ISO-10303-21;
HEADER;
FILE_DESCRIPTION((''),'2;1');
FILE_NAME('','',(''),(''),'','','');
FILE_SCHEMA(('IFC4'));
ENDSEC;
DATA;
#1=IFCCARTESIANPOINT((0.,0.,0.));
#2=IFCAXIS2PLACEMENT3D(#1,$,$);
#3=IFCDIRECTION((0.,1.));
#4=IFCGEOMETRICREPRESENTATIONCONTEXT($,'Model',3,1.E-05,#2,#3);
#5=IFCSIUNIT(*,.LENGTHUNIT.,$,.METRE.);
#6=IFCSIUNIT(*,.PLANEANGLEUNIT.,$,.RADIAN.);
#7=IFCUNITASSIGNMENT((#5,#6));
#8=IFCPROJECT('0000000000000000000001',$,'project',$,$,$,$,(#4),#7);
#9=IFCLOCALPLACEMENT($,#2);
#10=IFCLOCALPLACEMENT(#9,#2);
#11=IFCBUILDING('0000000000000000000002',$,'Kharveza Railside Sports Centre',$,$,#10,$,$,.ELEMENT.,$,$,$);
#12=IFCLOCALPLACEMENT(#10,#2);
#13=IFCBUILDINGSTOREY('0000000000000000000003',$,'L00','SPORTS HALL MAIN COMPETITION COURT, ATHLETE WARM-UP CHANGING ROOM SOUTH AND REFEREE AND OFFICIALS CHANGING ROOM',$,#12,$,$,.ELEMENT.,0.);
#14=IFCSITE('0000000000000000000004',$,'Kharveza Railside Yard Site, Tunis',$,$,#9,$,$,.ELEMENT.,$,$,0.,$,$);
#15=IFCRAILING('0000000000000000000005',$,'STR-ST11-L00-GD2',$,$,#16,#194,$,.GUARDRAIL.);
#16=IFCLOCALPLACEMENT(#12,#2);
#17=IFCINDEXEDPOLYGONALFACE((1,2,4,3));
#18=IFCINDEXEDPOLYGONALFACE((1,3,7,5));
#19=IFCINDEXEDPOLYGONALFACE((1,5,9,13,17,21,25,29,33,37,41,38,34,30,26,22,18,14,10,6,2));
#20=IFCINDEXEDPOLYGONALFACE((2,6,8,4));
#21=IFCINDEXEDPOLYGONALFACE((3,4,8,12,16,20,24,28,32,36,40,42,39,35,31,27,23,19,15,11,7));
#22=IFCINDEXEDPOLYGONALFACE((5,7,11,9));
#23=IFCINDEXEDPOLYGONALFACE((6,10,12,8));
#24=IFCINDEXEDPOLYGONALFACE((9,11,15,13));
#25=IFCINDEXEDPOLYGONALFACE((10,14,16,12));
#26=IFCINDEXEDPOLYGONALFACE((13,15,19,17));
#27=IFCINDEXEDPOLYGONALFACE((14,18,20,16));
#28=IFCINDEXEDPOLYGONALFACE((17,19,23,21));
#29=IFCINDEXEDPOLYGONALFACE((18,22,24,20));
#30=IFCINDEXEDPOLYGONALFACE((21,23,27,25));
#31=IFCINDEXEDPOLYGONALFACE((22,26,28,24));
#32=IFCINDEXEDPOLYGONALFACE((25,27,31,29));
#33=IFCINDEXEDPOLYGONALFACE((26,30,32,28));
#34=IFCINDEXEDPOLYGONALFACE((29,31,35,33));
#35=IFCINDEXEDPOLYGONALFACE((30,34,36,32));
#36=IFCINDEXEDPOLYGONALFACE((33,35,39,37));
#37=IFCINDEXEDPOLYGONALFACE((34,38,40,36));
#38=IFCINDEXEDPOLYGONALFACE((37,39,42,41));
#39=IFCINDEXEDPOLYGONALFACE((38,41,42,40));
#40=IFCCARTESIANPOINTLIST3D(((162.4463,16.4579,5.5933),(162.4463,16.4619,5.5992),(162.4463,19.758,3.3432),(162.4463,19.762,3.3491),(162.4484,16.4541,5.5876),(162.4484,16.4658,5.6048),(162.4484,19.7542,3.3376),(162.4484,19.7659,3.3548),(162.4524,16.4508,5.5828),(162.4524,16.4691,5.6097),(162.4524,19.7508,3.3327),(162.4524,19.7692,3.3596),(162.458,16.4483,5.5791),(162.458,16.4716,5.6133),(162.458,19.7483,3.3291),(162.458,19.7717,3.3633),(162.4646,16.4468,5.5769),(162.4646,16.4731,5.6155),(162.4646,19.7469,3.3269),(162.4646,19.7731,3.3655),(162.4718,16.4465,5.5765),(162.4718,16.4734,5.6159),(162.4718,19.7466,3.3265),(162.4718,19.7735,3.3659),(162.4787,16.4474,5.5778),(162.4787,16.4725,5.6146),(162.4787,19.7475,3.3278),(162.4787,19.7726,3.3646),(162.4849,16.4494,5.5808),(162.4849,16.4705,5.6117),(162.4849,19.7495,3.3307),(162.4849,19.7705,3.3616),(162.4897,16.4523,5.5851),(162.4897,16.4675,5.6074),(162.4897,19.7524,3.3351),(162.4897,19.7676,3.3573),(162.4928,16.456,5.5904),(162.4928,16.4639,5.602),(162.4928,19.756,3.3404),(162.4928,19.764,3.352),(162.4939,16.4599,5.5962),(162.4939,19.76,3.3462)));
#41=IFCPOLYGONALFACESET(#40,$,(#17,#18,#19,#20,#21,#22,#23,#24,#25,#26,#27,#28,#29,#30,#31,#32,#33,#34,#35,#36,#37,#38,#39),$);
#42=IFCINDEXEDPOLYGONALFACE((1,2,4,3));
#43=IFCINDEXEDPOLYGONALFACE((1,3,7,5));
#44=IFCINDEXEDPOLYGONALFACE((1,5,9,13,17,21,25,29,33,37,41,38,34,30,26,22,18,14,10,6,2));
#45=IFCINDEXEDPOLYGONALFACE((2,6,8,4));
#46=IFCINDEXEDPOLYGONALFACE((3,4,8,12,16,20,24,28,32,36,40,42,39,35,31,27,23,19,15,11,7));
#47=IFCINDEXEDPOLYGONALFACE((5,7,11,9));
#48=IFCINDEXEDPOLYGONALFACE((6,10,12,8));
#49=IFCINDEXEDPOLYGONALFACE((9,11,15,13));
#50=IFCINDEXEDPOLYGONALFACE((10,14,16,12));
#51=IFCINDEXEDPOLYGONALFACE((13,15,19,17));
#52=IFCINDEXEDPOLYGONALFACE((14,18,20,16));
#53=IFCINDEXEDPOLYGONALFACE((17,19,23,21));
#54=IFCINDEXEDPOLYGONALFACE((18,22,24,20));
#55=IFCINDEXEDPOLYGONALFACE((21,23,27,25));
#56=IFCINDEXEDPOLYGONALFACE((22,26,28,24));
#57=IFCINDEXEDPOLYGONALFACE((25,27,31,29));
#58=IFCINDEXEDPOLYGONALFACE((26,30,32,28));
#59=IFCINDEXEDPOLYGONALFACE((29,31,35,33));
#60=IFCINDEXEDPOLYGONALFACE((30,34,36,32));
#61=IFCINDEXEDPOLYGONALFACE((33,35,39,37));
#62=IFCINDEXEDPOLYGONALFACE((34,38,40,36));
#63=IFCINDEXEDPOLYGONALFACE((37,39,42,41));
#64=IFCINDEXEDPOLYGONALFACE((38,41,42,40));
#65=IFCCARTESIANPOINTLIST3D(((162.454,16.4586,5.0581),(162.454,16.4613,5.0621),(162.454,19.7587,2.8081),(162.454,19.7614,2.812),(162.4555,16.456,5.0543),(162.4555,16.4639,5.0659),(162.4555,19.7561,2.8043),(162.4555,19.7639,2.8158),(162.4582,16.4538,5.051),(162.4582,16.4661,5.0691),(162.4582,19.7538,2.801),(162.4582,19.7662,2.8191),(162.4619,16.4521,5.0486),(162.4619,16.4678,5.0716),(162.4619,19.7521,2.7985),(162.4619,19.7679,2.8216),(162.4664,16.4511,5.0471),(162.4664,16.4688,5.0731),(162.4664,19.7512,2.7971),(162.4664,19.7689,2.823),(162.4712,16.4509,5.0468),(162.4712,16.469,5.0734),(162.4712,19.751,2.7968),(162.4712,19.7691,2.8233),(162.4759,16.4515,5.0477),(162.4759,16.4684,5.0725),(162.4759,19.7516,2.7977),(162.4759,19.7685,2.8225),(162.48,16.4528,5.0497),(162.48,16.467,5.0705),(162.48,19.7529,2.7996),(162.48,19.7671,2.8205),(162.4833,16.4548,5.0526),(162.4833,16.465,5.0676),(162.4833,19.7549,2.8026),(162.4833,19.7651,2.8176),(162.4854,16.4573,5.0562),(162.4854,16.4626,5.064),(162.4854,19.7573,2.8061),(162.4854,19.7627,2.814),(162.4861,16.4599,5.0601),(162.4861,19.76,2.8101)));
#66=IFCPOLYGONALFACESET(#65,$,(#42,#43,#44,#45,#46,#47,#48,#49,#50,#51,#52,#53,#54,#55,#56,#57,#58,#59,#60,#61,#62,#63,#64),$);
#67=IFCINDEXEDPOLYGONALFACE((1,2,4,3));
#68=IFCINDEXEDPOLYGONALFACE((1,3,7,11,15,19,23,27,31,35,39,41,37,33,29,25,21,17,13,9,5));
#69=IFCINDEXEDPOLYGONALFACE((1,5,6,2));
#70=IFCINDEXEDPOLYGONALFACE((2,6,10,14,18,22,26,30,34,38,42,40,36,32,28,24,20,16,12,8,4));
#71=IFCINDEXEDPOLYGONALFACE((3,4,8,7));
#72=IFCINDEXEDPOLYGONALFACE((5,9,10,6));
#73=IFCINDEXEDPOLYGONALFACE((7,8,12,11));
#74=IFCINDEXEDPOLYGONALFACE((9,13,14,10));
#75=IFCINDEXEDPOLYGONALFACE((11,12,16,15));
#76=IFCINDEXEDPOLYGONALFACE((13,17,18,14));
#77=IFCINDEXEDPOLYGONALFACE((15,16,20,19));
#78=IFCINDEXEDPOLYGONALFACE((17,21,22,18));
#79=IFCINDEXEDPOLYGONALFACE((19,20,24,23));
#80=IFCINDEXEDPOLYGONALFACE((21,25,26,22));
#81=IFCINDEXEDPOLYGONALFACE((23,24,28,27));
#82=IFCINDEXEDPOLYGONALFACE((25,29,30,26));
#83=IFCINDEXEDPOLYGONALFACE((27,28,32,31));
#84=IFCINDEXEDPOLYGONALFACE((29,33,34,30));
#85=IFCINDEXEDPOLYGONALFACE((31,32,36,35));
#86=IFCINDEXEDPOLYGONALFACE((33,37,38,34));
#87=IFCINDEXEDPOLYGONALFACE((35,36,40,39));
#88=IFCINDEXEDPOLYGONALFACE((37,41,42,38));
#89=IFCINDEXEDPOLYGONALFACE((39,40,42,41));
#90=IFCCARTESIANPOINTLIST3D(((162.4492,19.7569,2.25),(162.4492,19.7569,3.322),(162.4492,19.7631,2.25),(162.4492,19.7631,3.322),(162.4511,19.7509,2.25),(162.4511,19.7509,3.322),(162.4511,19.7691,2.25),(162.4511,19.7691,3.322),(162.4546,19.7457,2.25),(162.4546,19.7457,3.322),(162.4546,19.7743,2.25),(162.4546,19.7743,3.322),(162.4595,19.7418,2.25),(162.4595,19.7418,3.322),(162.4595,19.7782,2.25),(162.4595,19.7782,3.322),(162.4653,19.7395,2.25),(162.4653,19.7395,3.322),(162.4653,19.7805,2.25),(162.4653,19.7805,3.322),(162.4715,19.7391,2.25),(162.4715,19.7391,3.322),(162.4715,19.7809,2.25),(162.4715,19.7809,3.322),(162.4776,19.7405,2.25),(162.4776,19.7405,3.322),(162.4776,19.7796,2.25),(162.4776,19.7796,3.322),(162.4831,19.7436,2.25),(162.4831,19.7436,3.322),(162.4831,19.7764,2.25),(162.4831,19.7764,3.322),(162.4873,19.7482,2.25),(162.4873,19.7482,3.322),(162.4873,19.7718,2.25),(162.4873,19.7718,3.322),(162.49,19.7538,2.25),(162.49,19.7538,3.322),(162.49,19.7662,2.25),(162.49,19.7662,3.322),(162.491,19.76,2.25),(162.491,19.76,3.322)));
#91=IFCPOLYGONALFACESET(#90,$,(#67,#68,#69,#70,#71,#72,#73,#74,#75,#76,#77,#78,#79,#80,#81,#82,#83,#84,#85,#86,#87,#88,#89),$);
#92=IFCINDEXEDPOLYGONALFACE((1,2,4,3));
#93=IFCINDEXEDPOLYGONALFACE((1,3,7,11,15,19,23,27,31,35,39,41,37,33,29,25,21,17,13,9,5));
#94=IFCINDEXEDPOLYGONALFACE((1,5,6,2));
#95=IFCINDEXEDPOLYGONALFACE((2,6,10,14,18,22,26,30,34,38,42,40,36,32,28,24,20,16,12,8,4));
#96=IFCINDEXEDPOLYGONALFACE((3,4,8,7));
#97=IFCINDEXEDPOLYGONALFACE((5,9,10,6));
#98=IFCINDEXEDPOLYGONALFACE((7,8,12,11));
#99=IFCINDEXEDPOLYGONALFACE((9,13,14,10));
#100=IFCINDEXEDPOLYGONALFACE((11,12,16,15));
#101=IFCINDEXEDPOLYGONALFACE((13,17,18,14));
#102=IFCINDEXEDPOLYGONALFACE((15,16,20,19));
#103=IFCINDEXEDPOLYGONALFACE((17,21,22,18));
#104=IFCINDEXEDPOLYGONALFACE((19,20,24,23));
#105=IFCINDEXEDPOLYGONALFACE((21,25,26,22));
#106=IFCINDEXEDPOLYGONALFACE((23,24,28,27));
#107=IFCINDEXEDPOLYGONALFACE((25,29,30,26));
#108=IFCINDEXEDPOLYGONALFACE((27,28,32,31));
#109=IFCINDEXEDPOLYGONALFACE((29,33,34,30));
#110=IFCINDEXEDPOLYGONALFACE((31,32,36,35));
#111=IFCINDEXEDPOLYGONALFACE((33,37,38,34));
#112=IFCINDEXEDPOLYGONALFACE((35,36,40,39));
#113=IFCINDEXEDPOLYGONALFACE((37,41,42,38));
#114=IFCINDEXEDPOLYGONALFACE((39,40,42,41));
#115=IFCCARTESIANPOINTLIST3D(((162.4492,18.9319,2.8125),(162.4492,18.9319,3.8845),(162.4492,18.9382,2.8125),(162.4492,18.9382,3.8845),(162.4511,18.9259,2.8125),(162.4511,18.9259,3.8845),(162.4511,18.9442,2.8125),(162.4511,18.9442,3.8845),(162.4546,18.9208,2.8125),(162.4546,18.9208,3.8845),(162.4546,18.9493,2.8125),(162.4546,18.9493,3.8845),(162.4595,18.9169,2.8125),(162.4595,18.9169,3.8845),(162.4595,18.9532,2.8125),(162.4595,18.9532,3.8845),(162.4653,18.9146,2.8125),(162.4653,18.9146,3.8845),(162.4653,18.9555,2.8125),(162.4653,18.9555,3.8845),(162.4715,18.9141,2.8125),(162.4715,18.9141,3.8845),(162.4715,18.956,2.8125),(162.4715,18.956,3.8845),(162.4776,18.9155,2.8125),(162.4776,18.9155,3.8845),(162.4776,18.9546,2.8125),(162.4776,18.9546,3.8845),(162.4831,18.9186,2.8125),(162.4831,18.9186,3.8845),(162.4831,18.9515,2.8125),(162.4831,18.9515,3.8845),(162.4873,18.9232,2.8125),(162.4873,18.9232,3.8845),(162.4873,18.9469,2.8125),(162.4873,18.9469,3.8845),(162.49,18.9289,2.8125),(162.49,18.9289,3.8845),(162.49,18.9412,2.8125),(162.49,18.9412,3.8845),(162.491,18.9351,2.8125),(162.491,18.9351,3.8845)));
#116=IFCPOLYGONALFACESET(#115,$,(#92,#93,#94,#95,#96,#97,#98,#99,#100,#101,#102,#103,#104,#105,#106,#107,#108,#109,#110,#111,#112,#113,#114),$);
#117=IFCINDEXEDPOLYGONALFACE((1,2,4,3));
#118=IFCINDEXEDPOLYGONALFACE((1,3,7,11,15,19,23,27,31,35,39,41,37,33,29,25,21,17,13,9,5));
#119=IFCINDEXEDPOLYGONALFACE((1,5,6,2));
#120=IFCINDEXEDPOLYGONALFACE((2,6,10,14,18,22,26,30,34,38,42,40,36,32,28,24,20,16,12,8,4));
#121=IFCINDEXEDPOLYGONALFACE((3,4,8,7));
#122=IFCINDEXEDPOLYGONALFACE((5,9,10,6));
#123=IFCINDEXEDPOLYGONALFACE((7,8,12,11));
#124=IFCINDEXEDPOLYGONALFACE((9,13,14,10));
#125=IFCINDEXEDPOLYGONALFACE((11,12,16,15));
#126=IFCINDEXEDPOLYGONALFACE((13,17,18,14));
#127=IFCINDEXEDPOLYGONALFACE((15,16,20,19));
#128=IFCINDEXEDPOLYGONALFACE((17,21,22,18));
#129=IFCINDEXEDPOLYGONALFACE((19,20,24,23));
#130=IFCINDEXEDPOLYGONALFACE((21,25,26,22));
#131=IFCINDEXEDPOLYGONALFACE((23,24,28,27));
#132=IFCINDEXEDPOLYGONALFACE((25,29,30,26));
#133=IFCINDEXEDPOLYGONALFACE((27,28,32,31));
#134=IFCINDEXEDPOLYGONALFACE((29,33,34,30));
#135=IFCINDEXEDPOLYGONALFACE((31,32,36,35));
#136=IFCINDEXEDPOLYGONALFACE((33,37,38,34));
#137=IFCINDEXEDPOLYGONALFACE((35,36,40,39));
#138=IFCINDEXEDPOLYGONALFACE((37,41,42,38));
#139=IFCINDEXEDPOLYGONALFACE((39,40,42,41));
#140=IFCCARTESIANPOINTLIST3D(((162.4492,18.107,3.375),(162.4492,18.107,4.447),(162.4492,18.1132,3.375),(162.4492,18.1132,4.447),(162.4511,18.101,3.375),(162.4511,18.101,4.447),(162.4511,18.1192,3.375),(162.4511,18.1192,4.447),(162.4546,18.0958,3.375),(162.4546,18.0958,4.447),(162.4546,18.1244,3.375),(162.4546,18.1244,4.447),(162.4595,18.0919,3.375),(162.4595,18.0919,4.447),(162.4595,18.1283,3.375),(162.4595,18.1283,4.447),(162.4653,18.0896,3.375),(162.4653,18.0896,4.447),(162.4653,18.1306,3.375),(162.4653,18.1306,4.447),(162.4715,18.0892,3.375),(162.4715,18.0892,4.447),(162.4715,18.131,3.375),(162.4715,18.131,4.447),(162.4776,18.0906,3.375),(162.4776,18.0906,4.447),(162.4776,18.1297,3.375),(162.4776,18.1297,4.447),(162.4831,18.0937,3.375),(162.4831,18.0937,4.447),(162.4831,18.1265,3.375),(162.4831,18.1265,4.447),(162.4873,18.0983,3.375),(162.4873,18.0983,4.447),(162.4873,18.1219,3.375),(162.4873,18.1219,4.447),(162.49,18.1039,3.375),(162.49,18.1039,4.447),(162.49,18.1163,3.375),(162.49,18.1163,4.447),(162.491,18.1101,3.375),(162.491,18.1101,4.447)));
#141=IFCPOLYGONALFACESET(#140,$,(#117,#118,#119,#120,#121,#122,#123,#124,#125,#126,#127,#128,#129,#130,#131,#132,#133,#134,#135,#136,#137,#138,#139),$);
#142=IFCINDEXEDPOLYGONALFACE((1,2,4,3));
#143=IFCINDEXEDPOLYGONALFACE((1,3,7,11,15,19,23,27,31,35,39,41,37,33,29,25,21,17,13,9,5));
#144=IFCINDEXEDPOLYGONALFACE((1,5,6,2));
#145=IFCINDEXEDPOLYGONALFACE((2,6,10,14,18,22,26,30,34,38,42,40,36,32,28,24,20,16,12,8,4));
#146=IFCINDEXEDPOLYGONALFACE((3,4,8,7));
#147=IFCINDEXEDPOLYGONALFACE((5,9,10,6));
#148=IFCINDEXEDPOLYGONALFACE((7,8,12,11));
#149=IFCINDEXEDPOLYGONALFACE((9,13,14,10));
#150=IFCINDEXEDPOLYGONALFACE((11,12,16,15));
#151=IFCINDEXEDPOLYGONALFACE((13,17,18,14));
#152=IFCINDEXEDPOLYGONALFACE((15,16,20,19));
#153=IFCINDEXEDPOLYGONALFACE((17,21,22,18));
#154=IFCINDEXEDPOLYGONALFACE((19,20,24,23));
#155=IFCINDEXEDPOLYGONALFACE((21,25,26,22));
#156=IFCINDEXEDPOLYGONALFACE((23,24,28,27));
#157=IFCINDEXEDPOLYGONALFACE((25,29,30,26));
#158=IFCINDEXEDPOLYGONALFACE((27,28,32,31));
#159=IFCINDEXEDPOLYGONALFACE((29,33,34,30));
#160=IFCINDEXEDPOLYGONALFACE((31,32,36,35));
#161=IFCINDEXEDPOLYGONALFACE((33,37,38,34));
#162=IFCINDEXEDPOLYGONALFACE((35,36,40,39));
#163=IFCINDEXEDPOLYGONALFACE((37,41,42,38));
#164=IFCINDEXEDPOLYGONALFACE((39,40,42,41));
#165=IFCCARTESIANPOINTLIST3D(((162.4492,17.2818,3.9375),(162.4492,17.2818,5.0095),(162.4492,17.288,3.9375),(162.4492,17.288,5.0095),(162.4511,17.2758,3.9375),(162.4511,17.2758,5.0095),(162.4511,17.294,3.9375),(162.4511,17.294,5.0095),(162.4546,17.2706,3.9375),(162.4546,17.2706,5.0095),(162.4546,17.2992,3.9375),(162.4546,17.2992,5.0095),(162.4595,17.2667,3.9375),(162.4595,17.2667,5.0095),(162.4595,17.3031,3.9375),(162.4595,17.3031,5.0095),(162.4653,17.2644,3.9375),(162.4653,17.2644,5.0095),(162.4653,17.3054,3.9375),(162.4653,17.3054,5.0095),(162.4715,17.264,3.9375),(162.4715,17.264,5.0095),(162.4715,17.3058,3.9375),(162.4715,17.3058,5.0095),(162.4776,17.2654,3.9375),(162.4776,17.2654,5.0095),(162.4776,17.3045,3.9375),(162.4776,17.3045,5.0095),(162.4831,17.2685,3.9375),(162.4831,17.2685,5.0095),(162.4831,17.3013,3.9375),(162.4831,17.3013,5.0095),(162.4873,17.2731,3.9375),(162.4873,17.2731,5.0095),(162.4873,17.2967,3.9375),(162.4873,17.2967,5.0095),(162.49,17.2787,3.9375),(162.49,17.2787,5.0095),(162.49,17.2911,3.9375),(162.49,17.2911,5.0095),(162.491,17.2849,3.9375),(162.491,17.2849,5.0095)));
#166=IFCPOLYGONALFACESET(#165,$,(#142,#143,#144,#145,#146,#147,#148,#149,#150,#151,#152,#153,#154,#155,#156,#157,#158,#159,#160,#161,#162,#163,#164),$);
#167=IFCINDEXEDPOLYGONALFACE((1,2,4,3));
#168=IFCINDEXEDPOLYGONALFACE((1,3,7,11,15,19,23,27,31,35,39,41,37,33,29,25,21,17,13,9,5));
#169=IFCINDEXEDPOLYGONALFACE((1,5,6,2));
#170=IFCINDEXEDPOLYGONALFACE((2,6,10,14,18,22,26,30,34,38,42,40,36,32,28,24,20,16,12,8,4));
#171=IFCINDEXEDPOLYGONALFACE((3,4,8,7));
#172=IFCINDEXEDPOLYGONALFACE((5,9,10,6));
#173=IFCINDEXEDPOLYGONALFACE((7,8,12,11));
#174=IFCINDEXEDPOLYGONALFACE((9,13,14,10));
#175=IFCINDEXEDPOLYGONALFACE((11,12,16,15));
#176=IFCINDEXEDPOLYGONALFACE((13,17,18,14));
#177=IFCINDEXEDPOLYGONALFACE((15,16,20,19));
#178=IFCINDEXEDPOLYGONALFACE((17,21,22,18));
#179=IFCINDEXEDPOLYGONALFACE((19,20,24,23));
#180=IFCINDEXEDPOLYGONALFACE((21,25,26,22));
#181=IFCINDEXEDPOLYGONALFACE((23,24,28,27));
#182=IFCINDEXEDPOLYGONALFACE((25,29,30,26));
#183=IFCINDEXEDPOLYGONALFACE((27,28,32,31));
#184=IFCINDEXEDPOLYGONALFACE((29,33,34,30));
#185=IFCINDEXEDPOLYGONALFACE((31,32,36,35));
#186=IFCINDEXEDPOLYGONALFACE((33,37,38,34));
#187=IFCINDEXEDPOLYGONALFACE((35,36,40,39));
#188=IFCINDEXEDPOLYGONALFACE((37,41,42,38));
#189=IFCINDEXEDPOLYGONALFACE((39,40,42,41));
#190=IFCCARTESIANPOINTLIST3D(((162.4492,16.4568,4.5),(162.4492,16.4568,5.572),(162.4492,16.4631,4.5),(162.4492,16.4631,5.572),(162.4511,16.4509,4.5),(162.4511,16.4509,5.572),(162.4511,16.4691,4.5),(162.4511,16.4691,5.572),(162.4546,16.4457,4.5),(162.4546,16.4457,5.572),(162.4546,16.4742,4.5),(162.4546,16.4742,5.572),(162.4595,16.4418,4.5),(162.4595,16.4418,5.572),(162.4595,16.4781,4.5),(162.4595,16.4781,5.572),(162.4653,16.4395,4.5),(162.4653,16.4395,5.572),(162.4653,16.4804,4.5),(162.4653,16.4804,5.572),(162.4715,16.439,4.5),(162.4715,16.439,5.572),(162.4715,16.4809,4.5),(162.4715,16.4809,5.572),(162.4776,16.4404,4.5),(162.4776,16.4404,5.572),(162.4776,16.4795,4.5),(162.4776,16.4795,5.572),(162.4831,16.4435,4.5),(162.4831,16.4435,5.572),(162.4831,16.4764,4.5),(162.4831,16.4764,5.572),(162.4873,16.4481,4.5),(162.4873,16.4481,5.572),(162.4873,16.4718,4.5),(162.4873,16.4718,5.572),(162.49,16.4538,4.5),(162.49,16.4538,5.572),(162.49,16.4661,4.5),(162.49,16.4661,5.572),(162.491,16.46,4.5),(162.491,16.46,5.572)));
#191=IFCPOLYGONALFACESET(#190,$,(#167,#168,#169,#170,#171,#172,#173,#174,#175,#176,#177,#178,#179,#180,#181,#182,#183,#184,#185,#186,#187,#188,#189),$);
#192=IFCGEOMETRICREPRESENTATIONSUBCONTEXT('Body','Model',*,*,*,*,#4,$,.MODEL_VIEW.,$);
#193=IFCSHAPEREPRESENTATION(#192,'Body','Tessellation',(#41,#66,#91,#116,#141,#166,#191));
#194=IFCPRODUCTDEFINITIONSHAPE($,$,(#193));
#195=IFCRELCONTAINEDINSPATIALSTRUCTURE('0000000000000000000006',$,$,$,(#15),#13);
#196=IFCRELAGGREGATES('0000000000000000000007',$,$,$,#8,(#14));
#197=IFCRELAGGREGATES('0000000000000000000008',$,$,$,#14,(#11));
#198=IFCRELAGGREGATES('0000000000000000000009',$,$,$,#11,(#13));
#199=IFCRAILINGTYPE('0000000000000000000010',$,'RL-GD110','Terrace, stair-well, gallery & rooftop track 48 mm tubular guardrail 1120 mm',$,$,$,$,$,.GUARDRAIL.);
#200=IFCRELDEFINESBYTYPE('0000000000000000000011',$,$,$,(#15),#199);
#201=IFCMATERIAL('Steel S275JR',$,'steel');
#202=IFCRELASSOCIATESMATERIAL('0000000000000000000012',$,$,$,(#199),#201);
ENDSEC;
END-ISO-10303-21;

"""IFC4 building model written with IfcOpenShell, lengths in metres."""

from ifc_helpers import new_model, si_unit, direction, frame, origin, origin_2d, place, context, subcontext, project, spatial, circle, extrude, material, type_object, element, save


model = new_model("IFC4")

# Units and contexts
model_context = context("Model", 3, precision=1e-05, world=origin(), true_north=direction((0.0, 1.0)))
body_context = subcontext(model_context, "Body", "Model", "MODEL_VIEW")
ifc_project = project(units=[si_unit("LENGTHUNIT", "METRE"), si_unit("PLANEANGLEUNIT", "RADIAN")], contexts=[model_context])

# Site, building, storey
site_placement = place(None, origin())
site = spatial("IfcSite", under=ifc_project, at=site_placement, Name="Kharveza Railside Yard Site, Tunis", CompositionType="ELEMENT", RefElevation=0.0)
building_placement = place(site_placement, origin())
building = spatial("IfcBuilding", under=site, at=building_placement, Name="Kharveza Railside Sports Centre", CompositionType="ELEMENT")
storey_placement = place(building_placement, origin())
storey = spatial("IfcBuildingStorey", under=building, at=storey_placement, Name="L00", Description="SPORTS HALL MAIN COMPETITION COURT, ATHLETE WARM-UP CHANGING ROOM SOUTH AND REFEREE AND OFFICIALS CHANGING ROOM", CompositionType="ELEMENT", Elevation=0.0)

# Railing
ifc_material_1 = material(Name="Steel S275JR", Category="steel")
railing_type_1 = type_object("IfcRailingType", Name="RL-GD110", Description="Terrace, stair-well, gallery & rooftop track 48 mm tubular guardrail 1120 mm", PredefinedType="GUARDRAIL", material=ifc_material_1)
railing_1_placement = place(storey_placement, frame((162.47, 19.76, 2.25)))
element("IfcRailing", 1, at=railing_1_placement, inside=storey, type_object=railing_type_1, Name="STR-ST11-L00-GD2", PredefinedType="GUARDRAIL", context=body_context, shape_type="SweptSolid", body=[
    extrude(circle(Radius=0.0239, at=origin_2d()), frame((0.0, 0.0, 1.0962), z_axis=(0.0, -0.826231, 0.563331), x_axis=(1.0, 0.0, 0.0)), (0.0, 0.0, 1.0), 3.9941),
    extrude(circle(Radius=0.0161, at=origin_2d()), frame((0.0, 0.0, 0.5601), z_axis=(0.0, -0.826231, 0.563331), x_axis=(1.0, 0.0, 0.0)), (0.0, 0.0, 1.0), 3.9941),
    extrude(circle(Radius=0.021, at=origin_2d()), origin(), (0.0, 0.0, 1.0), 1.072),
    extrude(circle(Radius=0.021, at=origin_2d()), frame((0.0, -0.825, 0.5625)), (0.0, 0.0, 1.0), 1.072),
    extrude(circle(Radius=0.021, at=origin_2d()), frame((0.0, -1.6499, 1.125)), (0.0, 0.0, 1.0), 1.072),
    extrude(circle(Radius=0.021, at=origin_2d()), frame((0.0, -2.4751, 1.6875)), (0.0, 0.0, 1.0), 1.072),
    extrude(circle(Radius=0.021, at=origin_2d()), frame((0.0, -3.3, 2.25)), (0.0, 0.0, 1.0), 1.072),
])

save(model, "model.ifc")
